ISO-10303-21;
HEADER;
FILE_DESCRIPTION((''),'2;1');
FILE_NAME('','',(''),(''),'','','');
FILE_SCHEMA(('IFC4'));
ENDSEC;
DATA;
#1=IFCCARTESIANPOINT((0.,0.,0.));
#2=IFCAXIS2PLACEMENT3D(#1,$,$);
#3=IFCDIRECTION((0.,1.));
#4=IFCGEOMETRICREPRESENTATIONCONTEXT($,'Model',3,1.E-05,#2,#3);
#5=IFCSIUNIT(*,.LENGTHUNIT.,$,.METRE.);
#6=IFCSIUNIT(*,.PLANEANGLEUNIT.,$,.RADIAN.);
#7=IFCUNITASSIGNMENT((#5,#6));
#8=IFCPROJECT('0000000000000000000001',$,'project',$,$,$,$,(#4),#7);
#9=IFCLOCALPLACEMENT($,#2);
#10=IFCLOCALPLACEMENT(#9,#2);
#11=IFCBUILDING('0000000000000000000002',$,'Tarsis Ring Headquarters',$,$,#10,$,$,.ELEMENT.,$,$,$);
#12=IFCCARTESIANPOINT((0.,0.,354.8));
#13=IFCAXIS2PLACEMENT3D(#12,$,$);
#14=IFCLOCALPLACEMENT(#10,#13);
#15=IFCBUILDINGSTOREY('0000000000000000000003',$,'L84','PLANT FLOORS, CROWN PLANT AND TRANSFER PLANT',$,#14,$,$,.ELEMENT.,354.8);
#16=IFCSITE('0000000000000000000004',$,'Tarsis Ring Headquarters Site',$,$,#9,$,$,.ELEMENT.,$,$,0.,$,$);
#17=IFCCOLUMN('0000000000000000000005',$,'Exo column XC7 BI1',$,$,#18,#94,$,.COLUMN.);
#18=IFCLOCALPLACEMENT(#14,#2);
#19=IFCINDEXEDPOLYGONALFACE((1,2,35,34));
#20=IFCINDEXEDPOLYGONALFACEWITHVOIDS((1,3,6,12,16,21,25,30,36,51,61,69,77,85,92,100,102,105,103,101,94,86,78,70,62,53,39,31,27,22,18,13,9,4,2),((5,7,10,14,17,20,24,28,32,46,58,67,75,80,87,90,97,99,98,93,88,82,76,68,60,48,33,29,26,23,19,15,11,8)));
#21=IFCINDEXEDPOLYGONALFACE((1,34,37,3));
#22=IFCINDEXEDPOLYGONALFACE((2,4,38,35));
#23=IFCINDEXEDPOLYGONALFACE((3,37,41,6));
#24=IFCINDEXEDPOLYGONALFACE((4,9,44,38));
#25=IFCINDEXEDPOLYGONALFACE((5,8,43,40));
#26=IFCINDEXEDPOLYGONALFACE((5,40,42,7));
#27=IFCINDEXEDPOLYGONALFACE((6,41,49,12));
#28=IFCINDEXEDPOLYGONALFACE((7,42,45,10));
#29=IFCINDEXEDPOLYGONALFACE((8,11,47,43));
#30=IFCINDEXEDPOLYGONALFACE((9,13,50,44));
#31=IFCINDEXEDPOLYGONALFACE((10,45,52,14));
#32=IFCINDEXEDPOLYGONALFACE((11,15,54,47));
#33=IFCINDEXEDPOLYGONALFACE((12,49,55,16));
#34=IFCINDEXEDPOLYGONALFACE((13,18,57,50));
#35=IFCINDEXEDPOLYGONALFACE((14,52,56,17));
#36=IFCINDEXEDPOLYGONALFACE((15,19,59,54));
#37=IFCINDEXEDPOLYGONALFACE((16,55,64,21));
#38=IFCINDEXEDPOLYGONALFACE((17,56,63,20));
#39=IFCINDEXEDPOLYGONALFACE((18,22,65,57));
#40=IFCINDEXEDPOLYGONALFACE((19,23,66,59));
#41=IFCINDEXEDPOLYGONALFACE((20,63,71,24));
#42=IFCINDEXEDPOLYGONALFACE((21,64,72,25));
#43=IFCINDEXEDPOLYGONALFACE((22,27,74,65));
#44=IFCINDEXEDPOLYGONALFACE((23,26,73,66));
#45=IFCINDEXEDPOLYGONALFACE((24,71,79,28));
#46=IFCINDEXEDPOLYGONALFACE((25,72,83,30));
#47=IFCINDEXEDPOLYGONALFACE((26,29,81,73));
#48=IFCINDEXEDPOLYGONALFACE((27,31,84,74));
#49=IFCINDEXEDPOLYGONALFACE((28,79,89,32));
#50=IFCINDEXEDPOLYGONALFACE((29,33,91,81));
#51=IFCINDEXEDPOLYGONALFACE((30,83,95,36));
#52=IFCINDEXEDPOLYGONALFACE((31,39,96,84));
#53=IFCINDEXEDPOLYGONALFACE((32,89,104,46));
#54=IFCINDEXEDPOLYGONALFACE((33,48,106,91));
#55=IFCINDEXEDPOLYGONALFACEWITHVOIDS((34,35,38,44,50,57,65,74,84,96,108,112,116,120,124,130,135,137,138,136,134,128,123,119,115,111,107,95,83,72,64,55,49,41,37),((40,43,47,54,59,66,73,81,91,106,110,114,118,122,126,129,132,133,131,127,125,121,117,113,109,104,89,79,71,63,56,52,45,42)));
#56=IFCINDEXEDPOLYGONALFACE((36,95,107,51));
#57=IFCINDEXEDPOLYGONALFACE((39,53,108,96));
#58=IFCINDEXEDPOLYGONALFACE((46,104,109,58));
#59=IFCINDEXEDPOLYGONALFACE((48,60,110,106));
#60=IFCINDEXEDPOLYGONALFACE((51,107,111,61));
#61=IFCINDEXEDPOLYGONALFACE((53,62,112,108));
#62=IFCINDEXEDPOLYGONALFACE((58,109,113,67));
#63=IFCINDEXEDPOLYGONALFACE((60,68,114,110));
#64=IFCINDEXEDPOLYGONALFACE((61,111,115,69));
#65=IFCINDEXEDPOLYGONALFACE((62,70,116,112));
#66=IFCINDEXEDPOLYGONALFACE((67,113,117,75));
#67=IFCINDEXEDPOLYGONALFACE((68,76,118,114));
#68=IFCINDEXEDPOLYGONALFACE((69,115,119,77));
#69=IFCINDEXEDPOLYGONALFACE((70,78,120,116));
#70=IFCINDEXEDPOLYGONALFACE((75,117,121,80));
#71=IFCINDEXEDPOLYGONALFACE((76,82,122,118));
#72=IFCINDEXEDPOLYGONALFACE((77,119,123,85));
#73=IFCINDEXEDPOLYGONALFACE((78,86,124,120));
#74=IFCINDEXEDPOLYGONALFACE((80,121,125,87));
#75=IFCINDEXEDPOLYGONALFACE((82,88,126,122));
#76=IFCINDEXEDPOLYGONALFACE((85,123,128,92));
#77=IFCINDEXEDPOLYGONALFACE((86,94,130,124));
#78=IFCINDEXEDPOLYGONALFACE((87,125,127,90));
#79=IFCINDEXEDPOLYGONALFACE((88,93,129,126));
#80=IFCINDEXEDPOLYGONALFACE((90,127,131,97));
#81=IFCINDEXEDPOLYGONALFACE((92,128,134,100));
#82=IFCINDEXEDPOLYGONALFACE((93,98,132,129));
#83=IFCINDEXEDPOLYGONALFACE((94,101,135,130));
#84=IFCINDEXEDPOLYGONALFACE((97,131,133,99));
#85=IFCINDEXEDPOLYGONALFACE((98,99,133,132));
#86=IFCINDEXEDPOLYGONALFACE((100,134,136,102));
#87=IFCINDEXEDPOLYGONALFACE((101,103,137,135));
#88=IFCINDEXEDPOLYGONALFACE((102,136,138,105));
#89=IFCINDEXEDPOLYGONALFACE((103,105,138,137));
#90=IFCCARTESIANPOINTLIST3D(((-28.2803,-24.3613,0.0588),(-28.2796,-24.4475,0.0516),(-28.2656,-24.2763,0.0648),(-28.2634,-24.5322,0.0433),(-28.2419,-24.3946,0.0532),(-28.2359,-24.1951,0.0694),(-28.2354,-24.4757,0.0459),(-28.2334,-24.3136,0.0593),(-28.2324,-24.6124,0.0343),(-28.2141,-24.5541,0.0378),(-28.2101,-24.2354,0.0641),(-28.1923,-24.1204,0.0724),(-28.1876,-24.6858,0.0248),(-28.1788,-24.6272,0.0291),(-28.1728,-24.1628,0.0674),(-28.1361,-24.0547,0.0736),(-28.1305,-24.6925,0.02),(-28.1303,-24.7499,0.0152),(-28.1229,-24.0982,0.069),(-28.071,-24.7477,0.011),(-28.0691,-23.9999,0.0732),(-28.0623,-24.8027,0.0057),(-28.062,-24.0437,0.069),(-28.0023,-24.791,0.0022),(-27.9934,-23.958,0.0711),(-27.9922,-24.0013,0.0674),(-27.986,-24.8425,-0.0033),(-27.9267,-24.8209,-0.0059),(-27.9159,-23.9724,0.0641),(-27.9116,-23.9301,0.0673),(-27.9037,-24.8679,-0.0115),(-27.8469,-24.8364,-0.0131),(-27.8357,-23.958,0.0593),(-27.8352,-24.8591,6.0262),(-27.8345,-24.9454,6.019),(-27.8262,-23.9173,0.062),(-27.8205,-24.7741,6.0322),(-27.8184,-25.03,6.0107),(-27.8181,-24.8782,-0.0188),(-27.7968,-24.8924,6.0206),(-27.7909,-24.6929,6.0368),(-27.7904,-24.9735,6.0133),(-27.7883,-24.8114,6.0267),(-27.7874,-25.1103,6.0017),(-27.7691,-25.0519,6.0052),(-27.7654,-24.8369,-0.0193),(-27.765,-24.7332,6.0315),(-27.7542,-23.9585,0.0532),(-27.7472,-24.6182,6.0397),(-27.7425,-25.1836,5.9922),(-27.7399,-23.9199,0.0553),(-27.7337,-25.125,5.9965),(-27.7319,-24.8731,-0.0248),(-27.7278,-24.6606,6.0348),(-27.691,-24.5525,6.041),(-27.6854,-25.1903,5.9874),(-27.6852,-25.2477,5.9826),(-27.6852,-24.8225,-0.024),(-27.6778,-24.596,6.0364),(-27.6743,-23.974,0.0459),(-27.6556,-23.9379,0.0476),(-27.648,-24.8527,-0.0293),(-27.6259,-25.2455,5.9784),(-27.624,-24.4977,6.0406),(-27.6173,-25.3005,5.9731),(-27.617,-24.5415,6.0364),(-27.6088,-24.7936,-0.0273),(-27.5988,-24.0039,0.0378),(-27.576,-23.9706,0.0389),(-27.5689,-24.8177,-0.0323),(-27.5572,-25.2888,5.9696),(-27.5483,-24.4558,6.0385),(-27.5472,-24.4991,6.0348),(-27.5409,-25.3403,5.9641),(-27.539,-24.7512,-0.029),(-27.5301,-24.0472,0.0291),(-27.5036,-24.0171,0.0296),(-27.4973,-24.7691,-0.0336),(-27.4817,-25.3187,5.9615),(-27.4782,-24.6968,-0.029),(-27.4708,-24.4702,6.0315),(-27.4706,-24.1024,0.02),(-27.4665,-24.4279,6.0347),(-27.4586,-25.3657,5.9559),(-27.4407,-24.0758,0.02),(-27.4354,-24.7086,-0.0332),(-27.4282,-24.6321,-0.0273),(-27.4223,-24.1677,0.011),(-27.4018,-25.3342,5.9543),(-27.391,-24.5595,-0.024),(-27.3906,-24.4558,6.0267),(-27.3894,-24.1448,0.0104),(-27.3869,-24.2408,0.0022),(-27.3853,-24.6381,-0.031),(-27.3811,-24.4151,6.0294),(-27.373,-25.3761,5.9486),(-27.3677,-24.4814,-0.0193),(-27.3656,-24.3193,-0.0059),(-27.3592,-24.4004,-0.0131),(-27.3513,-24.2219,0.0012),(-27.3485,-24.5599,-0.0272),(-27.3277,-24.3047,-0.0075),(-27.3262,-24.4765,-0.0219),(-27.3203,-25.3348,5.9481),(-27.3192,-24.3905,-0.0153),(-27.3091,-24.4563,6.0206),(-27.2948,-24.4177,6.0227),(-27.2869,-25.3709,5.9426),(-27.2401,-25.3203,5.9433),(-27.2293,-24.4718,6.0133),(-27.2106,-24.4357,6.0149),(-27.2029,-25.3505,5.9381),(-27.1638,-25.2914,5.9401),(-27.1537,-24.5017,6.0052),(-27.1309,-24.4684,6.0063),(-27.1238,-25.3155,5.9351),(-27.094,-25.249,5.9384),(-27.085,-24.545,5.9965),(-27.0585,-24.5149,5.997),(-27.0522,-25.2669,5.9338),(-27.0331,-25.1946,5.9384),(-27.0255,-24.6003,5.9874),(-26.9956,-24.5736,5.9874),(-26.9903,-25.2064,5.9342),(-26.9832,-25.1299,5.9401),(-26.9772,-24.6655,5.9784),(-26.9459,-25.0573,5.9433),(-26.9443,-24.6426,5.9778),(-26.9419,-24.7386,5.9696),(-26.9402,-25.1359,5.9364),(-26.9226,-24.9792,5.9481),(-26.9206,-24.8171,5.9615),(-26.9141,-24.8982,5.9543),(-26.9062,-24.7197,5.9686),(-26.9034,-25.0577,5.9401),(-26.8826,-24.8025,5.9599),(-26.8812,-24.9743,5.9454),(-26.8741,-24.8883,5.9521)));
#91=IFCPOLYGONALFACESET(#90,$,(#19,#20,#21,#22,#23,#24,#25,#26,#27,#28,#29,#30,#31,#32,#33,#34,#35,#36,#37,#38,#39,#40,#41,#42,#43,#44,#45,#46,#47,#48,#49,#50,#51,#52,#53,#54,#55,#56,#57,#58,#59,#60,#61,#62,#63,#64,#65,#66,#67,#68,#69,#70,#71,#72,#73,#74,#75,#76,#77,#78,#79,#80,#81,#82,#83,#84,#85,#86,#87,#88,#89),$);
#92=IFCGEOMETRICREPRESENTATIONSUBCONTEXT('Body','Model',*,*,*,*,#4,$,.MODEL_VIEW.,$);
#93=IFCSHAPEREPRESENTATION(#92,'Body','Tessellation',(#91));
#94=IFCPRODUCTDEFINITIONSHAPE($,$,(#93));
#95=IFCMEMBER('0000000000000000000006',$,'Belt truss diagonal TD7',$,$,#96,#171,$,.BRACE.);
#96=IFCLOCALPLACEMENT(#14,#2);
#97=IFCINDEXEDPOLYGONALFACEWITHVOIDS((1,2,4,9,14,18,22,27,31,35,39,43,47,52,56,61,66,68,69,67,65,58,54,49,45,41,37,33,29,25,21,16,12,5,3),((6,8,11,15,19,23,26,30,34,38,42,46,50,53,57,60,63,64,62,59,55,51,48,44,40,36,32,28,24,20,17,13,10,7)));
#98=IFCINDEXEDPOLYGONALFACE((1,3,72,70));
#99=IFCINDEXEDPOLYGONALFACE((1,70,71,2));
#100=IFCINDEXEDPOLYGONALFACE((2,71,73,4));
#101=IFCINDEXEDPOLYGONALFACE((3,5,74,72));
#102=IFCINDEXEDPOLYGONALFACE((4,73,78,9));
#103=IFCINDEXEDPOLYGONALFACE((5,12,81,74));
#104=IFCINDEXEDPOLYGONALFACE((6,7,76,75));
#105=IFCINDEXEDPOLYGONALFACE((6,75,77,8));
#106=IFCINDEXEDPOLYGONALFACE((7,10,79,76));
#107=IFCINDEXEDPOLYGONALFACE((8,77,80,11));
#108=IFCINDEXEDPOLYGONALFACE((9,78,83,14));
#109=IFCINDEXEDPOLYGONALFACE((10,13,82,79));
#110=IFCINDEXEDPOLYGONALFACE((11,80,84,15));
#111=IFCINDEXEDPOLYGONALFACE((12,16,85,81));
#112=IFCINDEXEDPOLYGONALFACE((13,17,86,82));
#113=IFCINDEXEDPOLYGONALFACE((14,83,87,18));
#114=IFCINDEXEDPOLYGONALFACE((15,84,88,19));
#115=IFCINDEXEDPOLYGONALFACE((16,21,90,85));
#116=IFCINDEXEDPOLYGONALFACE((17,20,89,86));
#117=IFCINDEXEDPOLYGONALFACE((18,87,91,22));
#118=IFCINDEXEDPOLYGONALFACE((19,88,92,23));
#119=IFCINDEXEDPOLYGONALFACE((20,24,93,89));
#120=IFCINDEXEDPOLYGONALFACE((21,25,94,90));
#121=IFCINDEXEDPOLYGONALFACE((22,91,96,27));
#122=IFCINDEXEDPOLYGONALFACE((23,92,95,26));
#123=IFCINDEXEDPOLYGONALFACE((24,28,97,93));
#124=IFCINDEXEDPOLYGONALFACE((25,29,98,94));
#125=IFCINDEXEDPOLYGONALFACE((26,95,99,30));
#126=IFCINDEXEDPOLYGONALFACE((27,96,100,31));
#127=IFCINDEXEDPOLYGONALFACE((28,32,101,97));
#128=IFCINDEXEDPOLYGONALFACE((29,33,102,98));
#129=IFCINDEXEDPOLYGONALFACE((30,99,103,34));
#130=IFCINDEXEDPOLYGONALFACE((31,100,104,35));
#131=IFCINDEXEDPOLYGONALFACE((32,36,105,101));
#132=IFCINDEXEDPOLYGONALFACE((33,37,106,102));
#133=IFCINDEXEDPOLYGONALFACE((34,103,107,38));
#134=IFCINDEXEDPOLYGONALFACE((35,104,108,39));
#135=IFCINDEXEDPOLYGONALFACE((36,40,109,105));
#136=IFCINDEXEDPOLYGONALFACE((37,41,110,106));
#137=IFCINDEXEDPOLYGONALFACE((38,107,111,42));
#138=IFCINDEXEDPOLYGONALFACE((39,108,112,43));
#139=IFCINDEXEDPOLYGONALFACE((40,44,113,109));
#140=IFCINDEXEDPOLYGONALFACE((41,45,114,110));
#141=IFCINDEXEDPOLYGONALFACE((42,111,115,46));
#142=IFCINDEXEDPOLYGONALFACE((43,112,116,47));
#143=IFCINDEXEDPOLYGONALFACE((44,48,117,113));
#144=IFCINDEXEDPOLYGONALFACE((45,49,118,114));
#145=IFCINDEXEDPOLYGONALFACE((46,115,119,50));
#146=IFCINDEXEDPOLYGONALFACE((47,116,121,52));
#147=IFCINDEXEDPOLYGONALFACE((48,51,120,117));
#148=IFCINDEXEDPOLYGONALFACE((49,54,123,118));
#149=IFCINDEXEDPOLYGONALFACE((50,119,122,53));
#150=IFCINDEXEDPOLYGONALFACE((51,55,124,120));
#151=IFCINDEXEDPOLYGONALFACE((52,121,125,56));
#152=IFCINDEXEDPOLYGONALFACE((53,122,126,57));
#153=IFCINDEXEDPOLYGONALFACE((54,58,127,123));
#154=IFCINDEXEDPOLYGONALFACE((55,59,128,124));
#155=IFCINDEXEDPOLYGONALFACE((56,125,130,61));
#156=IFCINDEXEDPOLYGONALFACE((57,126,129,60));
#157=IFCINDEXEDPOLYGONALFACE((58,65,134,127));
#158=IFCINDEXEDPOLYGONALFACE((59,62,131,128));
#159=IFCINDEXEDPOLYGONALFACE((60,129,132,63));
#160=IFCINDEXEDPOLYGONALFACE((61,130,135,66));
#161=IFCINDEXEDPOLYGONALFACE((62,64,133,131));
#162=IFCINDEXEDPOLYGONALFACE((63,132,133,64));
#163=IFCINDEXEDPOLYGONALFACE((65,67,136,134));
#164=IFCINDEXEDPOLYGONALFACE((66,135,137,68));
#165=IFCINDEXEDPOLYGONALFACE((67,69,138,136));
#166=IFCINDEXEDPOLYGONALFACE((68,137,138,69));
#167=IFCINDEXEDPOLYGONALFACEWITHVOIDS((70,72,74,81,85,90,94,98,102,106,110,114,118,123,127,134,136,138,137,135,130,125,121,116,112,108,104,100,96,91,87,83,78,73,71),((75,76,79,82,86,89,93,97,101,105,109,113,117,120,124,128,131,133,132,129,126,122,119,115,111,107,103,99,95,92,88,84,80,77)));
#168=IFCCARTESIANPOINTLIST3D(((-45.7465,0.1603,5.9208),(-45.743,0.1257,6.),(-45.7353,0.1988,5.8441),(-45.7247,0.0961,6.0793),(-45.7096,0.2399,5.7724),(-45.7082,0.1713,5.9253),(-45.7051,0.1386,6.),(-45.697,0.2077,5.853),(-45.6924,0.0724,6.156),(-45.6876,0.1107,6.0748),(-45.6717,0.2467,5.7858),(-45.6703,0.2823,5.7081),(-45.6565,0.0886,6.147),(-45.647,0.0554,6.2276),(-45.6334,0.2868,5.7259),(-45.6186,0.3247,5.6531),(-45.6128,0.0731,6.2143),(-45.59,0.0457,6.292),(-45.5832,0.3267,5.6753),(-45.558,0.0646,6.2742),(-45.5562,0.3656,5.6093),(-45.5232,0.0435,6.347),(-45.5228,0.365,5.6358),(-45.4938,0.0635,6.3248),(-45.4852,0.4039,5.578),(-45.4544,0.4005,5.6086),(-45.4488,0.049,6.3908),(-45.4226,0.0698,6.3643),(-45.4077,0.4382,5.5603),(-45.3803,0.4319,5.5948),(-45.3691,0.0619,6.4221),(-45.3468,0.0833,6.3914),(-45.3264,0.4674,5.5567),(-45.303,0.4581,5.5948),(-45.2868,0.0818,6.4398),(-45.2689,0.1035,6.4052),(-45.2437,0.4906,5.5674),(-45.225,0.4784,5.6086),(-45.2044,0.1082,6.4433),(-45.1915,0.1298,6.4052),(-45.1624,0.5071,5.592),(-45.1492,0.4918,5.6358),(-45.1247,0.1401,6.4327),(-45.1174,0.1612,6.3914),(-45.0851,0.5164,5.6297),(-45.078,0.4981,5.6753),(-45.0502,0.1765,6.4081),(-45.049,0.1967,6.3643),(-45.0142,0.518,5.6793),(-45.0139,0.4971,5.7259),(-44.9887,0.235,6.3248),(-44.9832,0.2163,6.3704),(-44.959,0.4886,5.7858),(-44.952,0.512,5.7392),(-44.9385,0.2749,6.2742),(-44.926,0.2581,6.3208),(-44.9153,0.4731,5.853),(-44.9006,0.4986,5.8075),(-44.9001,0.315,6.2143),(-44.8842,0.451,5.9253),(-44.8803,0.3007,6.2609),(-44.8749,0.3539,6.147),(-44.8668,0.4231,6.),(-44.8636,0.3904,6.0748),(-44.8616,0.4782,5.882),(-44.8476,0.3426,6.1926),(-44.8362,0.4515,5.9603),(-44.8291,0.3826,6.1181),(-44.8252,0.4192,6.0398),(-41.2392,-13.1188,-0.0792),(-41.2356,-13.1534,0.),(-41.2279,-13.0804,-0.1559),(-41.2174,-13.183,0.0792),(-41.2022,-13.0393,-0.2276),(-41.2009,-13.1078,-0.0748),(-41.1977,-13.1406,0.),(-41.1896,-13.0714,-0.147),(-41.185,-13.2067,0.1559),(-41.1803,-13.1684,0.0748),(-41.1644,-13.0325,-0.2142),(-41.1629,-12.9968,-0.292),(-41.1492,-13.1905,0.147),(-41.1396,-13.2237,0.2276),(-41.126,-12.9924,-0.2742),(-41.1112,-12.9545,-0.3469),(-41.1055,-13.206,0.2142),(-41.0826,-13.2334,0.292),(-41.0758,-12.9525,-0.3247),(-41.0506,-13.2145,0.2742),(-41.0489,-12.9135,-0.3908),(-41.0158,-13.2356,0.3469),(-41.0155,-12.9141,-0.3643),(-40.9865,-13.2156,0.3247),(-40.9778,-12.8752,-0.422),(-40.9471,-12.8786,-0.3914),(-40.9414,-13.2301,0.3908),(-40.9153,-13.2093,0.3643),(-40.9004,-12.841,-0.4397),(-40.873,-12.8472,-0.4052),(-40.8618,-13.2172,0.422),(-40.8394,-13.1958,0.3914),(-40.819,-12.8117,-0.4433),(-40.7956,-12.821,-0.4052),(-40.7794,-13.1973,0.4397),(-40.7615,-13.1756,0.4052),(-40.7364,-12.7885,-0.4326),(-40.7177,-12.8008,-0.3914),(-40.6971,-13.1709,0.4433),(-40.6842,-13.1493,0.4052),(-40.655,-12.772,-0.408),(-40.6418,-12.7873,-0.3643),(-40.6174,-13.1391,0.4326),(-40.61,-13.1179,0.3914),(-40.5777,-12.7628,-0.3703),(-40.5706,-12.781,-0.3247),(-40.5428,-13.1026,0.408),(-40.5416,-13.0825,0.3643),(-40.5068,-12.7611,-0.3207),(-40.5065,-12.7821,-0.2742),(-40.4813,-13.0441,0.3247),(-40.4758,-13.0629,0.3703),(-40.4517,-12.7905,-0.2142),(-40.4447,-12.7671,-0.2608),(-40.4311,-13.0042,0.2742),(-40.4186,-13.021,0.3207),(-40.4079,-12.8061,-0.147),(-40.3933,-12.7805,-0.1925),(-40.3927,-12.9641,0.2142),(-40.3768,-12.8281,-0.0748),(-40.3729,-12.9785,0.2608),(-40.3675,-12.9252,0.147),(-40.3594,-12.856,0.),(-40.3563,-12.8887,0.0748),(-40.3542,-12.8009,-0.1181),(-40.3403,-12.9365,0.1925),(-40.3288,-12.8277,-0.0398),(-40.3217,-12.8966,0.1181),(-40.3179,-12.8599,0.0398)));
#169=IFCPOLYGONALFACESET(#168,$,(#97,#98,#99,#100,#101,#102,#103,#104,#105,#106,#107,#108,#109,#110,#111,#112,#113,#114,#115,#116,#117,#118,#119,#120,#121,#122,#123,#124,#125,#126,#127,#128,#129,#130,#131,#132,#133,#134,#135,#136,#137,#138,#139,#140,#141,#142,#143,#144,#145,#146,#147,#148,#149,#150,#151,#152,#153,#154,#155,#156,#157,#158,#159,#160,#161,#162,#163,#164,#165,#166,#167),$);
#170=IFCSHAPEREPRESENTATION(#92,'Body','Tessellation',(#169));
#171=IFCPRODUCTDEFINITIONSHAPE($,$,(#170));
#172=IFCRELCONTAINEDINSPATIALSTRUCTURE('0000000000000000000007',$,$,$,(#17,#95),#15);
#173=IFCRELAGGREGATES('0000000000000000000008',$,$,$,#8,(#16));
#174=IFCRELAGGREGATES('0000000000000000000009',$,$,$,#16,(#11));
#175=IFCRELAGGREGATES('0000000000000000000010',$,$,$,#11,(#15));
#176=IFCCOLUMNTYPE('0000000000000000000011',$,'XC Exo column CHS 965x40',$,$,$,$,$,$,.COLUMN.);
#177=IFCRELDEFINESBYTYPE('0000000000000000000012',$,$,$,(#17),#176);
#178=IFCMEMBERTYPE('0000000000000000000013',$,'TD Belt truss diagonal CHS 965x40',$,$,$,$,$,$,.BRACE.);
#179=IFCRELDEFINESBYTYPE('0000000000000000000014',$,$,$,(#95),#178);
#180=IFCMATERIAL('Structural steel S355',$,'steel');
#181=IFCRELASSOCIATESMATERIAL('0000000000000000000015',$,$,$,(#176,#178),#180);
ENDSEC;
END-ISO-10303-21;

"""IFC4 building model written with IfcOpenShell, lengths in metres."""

from ifc_helpers import new_model, si_unit, direction, frame, origin, origin_2d, place, context, subcontext, project, spatial, hollow_circle, extrude, material, material_profile, profile_set, type_object, element, save


model = new_model("IFC4")

# Units and contexts
model_context = context("Model", 3, precision=1e-05, world=origin(), true_north=direction((0.0, 1.0)))
body_context = subcontext(model_context, "Body", "Model", "MODEL_VIEW")
ifc_project = project(units=[si_unit("LENGTHUNIT", "METRE"), si_unit("PLANEANGLEUNIT", "RADIAN")], contexts=[model_context])

# Site, building, storey
site_placement = place(None, origin())
site = spatial("IfcSite", under=ifc_project, at=site_placement, Name="Tarsis Ring Headquarters Site", CompositionType="ELEMENT", RefElevation=0.0)
building_placement = place(site_placement, origin())
building = spatial("IfcBuilding", under=site, at=building_placement, Name="Tarsis Ring Headquarters", CompositionType="ELEMENT")
storey_placement = place(building_placement, frame((0.0, 0.0, 354.8)))
storey = spatial("IfcBuildingStorey", under=building, at=storey_placement, Name="L84", Description="PLANT FLOORS, CROWN PLANT AND TRANSFER PLANT", CompositionType="ELEMENT", Elevation=354.8)

# Column
ifc_material_1 = material(Name="Structural steel S355", Category="steel")
ifc_material_profile_1 = material_profile(ifc_material_1, hollow_circle(Radius=0.4827, WallThickness=0.04, at=origin_2d()), Name="CHS 965x40")
ifc_profile_set_1 = profile_set([ifc_material_profile_1], Name="Structural steel S355")
column_type = type_object("IfcColumnType", Name="XC Exo column CHS 965x40", PredefinedType="COLUMN", material=ifc_profile_set_1)
column_1_placement = place(storey_placement, frame((-27.8005, -24.3975, 0.02), z_axis=(0.074122, -0.082905, 0.993797), x_axis=(0.74549, 0.666517, 0.0)))
element("IfcColumn", 1, at=column_1_placement, inside=storey, type_object=column_type, Name="Exo column XC7 BI1", PredefinedType="COLUMN", context=body_context, shape_type="SweptSolid", body=[
    extrude(hollow_circle(Radius=0.4827, WallThickness=0.04, at=origin_2d()), origin(), (0.0, 0.0, 1.0), 6.0046),
])

# Member
member_type = type_object("IfcMemberType", Name="TD Belt truss diagonal CHS 965x40", PredefinedType="BRACE", material=ifc_profile_set_1)
member_1_placement = place(storey_placement, frame((-40.7786, -12.9983, 0.0), z_axis=(-0.295507, 0.870595, 0.393369), x_axis=(-0.946937, -0.32142, 0.0)))
element("IfcMember", 2, at=member_1_placement, inside=storey, type_object=member_type, Name="Belt truss diagonal TD7", PredefinedType="BRACE", context=body_context, shape_type="SweptSolid", body=[
    extrude(hollow_circle(Radius=0.4827, WallThickness=0.04, at=origin_2d()), origin(), (0.0, 0.0, 1.0), 15.2529),
])

save(model, "model.ifc")
